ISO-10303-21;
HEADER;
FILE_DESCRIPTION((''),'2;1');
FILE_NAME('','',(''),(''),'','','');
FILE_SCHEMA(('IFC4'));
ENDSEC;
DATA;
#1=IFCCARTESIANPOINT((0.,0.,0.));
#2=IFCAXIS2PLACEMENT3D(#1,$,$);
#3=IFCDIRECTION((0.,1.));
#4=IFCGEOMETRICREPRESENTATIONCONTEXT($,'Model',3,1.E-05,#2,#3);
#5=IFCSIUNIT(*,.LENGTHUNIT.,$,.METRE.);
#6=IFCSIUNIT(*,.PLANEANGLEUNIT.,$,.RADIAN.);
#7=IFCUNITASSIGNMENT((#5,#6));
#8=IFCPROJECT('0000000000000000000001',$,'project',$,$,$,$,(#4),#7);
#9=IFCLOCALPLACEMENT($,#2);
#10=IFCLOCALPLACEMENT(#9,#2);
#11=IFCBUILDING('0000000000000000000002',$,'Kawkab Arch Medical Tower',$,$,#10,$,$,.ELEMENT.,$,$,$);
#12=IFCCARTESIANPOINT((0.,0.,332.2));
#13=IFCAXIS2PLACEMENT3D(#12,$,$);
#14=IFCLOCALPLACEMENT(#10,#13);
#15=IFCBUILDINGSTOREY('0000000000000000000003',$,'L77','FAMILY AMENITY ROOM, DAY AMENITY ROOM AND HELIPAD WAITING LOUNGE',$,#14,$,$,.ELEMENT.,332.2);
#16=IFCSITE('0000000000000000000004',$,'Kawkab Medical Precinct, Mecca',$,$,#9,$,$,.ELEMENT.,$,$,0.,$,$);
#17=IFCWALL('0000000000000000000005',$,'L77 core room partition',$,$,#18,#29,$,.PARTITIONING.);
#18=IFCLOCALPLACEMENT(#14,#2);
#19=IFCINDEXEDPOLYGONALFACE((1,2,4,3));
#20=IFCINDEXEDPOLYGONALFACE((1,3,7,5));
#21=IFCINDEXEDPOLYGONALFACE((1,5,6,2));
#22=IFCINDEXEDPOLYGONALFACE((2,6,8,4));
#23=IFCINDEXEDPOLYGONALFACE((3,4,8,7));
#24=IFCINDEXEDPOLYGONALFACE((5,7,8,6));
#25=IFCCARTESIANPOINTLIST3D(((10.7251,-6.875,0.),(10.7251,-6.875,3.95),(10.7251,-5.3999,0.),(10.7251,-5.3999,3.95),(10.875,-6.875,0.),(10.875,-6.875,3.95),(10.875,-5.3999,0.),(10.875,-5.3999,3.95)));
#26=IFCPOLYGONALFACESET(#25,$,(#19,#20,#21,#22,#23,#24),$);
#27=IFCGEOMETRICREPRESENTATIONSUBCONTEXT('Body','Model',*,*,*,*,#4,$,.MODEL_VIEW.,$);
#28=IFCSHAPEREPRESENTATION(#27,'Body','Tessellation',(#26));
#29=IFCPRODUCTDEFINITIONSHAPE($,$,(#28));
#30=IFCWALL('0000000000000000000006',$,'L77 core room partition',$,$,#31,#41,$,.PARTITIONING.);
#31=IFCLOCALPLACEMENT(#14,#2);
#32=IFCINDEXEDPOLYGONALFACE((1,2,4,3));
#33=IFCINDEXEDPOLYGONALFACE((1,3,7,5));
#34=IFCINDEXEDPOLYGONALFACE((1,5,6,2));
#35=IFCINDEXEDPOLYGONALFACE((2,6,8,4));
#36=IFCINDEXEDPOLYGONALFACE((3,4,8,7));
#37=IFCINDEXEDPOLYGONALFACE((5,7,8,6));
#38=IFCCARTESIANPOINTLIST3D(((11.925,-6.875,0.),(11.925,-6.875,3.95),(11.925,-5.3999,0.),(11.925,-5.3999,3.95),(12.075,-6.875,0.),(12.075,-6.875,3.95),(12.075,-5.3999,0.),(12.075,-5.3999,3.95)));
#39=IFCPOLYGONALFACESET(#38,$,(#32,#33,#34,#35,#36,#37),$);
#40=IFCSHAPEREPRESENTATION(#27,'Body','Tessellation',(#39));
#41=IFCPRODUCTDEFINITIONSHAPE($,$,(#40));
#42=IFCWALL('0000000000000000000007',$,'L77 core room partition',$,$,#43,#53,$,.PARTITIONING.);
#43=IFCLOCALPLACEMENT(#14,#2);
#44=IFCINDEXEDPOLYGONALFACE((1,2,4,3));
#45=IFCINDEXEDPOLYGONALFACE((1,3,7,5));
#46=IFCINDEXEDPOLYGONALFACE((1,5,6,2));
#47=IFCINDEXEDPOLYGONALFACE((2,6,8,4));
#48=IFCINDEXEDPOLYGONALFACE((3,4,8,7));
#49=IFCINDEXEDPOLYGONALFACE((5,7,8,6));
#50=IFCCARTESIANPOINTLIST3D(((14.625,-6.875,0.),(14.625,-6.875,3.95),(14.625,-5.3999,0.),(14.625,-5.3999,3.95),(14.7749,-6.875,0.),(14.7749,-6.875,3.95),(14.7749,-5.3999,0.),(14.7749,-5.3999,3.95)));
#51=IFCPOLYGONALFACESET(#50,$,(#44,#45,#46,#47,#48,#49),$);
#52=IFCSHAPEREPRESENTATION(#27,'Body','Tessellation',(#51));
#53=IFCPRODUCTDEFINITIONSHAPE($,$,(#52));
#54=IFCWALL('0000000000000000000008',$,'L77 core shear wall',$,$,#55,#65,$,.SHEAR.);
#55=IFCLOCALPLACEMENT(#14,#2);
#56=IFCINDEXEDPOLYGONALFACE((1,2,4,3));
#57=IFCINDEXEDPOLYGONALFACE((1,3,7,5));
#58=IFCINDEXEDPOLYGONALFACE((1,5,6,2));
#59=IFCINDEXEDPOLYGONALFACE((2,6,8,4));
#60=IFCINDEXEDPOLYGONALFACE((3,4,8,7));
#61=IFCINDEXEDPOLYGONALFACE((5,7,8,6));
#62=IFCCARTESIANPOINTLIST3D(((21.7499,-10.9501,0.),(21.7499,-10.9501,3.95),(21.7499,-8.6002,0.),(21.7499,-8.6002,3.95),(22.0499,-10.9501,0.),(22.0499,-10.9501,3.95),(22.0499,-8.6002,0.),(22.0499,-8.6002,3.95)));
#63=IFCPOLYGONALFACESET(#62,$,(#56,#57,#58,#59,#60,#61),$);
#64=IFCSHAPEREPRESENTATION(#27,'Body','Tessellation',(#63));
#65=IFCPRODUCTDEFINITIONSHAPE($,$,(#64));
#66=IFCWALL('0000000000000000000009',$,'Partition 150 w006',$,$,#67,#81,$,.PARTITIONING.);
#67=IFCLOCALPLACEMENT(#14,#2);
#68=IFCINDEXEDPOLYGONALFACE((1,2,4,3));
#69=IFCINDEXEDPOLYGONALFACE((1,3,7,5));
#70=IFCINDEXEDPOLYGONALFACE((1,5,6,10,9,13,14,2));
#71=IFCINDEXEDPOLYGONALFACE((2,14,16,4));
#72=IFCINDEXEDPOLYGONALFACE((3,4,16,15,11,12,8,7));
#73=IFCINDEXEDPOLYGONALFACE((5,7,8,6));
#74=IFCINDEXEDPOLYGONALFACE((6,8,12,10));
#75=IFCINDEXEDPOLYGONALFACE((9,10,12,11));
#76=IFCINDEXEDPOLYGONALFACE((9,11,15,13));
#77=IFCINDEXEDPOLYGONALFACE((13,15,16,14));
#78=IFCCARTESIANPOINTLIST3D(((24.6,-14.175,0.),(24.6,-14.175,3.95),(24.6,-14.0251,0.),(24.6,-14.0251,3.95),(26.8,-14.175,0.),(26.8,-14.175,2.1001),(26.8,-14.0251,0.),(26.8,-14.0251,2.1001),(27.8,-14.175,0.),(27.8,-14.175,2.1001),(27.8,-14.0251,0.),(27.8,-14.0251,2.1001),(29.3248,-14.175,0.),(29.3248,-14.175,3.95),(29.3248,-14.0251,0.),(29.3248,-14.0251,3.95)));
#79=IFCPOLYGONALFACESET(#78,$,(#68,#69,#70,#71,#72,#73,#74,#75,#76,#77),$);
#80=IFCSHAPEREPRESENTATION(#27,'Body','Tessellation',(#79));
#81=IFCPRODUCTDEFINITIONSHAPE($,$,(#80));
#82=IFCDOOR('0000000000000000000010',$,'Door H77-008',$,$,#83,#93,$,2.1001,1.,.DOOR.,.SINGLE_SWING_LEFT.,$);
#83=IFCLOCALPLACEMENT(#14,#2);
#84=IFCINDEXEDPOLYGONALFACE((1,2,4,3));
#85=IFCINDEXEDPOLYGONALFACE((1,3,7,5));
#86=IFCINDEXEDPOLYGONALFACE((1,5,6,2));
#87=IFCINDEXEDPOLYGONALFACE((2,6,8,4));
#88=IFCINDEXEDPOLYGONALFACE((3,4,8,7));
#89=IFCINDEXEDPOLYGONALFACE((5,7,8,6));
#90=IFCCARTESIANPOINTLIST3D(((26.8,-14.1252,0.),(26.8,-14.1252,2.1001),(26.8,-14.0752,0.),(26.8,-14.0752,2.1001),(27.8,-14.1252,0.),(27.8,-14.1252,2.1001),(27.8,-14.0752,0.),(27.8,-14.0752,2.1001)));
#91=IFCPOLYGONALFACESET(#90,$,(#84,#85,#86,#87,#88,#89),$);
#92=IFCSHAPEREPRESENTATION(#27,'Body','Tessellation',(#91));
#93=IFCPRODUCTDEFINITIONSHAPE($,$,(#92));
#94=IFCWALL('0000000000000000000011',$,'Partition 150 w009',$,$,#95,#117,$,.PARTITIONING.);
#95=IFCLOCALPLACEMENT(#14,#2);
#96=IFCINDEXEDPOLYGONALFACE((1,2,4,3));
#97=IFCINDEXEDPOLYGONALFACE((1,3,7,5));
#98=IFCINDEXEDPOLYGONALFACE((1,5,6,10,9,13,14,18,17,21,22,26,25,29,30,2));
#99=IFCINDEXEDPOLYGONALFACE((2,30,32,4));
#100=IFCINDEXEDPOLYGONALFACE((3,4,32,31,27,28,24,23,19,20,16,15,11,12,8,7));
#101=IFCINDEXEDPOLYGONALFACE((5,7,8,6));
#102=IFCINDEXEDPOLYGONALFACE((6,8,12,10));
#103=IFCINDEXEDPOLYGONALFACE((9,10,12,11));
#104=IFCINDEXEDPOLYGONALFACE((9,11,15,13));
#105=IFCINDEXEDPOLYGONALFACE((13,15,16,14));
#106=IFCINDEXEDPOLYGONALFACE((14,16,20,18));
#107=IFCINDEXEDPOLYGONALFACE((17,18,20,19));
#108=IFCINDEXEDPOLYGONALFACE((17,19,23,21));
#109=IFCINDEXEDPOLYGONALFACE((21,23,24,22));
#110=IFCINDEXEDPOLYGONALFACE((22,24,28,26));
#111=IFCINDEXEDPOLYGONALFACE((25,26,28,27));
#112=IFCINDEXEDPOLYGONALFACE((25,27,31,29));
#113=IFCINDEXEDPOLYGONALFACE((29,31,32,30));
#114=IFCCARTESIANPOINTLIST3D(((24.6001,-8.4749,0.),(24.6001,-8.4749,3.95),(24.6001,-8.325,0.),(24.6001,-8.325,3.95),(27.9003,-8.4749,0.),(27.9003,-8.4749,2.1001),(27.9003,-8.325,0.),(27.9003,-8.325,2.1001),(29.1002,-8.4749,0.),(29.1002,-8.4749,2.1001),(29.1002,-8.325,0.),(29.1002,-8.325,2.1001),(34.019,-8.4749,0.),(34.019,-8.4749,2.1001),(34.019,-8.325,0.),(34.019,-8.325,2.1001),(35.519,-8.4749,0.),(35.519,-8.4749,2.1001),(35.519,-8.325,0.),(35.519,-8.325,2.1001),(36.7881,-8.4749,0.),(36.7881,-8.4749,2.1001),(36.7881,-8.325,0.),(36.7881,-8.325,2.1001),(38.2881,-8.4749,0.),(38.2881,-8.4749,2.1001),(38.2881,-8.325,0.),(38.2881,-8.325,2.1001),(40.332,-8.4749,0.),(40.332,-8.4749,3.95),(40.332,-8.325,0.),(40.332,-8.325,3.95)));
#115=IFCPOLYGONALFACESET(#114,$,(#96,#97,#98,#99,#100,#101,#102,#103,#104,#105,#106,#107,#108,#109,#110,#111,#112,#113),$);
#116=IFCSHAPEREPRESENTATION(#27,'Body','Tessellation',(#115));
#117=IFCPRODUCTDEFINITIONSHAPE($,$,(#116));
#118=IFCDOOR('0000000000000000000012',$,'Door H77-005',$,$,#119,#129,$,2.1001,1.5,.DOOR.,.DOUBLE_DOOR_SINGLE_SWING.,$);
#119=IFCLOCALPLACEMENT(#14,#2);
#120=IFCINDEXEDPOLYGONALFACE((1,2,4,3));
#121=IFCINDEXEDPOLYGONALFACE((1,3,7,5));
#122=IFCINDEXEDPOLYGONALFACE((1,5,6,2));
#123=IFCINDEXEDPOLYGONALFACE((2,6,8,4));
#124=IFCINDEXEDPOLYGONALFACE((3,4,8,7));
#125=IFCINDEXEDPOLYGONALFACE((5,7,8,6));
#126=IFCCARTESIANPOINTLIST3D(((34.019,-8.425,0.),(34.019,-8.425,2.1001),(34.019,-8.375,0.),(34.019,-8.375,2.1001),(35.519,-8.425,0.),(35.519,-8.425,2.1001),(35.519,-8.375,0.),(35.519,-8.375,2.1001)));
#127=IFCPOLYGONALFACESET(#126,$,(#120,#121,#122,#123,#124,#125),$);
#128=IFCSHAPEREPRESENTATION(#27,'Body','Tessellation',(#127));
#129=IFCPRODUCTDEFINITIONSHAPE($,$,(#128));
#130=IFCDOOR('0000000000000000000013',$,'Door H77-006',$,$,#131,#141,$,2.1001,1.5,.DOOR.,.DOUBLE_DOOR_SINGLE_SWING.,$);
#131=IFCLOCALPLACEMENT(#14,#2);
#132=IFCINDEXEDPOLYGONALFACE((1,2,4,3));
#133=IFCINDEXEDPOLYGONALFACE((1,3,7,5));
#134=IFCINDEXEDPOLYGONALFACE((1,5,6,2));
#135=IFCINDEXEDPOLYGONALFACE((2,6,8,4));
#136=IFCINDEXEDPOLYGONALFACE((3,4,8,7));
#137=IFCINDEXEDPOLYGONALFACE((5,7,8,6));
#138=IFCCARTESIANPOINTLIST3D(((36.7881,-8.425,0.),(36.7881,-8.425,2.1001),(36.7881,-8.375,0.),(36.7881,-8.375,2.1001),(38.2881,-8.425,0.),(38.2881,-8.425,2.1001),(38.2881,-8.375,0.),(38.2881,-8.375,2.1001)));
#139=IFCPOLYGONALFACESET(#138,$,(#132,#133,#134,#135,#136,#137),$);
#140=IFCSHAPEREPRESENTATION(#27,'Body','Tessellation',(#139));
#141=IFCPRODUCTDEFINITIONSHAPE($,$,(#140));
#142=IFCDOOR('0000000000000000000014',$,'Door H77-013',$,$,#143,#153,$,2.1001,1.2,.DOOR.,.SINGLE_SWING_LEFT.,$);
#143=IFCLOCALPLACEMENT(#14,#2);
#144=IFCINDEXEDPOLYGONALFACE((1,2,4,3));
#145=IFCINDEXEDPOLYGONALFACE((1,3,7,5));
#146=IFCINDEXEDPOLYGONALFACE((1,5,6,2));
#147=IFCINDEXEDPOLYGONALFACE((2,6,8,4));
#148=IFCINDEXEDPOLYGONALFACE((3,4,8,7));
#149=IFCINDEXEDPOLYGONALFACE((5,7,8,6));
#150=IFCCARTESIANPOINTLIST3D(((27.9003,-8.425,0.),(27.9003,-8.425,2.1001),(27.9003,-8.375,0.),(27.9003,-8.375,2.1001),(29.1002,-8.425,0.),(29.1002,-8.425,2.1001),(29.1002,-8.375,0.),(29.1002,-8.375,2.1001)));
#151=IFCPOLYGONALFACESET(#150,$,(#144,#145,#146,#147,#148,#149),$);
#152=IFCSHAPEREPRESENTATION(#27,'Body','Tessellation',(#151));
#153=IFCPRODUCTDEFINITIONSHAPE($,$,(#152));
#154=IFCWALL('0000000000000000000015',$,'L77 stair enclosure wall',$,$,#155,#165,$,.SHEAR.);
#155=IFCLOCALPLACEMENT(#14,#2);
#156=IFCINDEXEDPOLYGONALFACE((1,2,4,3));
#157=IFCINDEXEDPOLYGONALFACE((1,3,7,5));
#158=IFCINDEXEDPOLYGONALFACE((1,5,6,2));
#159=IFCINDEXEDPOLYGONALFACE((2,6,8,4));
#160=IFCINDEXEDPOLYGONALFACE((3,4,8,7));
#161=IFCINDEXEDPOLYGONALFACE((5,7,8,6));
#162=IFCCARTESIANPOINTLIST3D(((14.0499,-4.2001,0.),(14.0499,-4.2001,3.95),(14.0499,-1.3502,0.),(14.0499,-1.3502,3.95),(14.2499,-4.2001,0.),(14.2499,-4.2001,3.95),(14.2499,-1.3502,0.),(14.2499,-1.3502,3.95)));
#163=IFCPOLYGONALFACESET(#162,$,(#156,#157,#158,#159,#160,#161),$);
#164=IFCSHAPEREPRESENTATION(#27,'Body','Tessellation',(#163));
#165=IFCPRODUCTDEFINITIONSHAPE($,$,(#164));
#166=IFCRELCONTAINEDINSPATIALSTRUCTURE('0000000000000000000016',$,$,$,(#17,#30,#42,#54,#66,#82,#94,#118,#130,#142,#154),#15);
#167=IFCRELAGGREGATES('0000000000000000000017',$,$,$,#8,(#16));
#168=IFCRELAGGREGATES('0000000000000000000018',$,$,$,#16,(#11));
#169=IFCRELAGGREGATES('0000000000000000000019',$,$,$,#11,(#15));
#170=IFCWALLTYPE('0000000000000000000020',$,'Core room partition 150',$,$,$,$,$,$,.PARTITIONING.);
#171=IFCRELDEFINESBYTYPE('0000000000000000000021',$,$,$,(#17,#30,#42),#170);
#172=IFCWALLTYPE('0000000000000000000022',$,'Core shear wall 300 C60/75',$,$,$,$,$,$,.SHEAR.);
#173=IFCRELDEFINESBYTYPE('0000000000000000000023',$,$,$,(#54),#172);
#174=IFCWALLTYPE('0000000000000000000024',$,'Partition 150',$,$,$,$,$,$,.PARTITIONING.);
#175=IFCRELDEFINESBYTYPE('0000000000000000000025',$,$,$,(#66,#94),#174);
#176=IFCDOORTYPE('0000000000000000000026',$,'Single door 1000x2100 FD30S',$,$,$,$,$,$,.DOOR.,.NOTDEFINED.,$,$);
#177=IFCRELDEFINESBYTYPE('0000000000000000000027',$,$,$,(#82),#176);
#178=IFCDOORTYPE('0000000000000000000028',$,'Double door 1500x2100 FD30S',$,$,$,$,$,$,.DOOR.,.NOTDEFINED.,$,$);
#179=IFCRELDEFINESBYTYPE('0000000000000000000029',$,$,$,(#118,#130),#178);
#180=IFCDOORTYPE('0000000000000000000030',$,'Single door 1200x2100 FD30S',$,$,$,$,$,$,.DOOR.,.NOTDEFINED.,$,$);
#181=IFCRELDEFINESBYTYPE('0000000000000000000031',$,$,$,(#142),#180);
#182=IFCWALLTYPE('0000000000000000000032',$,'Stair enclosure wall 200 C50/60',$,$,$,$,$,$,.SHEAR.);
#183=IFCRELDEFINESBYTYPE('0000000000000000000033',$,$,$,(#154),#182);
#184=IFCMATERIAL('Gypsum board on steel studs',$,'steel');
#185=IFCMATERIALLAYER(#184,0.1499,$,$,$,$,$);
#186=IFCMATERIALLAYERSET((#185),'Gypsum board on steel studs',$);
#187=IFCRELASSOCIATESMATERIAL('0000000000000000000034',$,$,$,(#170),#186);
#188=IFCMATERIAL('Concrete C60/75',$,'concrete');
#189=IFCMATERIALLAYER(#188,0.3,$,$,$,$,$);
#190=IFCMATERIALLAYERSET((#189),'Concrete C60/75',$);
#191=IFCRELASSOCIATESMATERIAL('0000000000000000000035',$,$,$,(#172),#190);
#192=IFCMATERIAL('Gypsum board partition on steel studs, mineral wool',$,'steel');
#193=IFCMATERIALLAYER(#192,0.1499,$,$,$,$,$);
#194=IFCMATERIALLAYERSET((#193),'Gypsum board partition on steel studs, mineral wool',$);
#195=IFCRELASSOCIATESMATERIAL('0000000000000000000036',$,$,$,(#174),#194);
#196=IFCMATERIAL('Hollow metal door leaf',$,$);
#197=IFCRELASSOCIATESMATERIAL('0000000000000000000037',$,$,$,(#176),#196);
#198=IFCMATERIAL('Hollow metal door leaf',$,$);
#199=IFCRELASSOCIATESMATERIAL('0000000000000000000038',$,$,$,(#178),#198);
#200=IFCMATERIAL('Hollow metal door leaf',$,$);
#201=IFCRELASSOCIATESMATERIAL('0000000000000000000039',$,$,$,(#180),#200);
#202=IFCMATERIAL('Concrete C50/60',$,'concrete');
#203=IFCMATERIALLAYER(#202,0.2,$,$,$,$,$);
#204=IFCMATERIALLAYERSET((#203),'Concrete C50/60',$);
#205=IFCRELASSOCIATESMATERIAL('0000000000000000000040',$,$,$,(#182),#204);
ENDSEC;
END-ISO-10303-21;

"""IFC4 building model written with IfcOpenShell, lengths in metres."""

from ifc_helpers import new_model, si_unit, direction, frame, frame_2d, origin, place, context, subcontext, project, spatial, rectangle, extrude, material, layer, layer_set, type_object, element, fill, save


model = new_model("IFC4")

# Units and contexts
model_context = context("Model", 3, precision=1e-05, world=origin(), true_north=direction((0.0, 1.0)))
body_context = subcontext(model_context, "Body", "Model", "MODEL_VIEW")
ifc_project = project(units=[si_unit("LENGTHUNIT", "METRE"), si_unit("PLANEANGLEUNIT", "RADIAN")], contexts=[model_context])

# Site, building, storey
site_placement = place(None, origin())
site = spatial("IfcSite", under=ifc_project, at=site_placement, Name="Kawkab Medical Precinct, Mecca", CompositionType="ELEMENT", RefElevation=0.0)
building_placement = place(site_placement, origin())
building = spatial("IfcBuilding", under=site, at=building_placement, Name="Kawkab Arch Medical Tower", CompositionType="ELEMENT")
storey_placement = place(building_placement, frame((0.0, 0.0, 332.2)))
storey = spatial("IfcBuildingStorey", under=building, at=storey_placement, Name="L77", Description="FAMILY AMENITY ROOM, DAY AMENITY ROOM AND HELIPAD WAITING LOUNGE", CompositionType="ELEMENT", Elevation=332.2)

# Shared definitions
ifc_material_1 = material(Name="Gypsum board on steel studs", Category="steel")
ifc_layer_1 = layer(ifc_material_1, 0.1499)
ifc_layer_set_1 = layer_set([ifc_layer_1], Name="Gypsum board on steel studs")
wall_type_1 = type_object("IfcWallType", Name="Core room partition 150", PredefinedType="PARTITIONING", material=ifc_layer_set_1)

# Walls
for number, where, z_axis, x_axis, name in (
    (1, (10.8, -6.875, 0.0), (0.0, 0.0, 1.0), (0.0, 1.0, 0.0), "L77 core room partition"),
    (2, (12.0, -6.875, 0.0), (0.0, 0.0, 1.0), (0.0, 1.0, 0.0), "L77 core room partition"),
    (3, (14.7, -6.875, 0.0), (0.0, 0.0, 1.0), (0.0, 1.0, 0.0), "L77 core room partition"),
):
    element("IfcWall", number, at=place(storey_placement, frame(where, z_axis=z_axis, x_axis=x_axis)), inside=storey, type_object=wall_type_1, Name=name, PredefinedType="PARTITIONING", context=body_context, shape_type="SweptSolid", body=[
        extrude(rectangle(XDim=1.4751, YDim=0.1499, at=frame_2d((0.7375, 0.0))), origin(), (0.0, 0.0, 1.0), 3.95),
    ])
ifc_material_2 = material(Name="Concrete C60/75", Category="concrete")
ifc_layer_2 = layer(ifc_material_2, 0.3)
ifc_layer_set_2 = layer_set([ifc_layer_2], Name="Concrete C60/75")
wall_type_2 = type_object("IfcWallType", Name="Core shear wall 300 C60/75", PredefinedType="SHEAR", material=ifc_layer_set_2)
wall_1_placement = place(storey_placement, frame((21.8999, -10.95, 0.0), z_axis=(0.0, 0.0, 1.0), x_axis=(0.0, 1.0, 0.0)))
element("IfcWall", 4, at=wall_1_placement, inside=storey, type_object=wall_type_2, Name="L77 core shear wall", PredefinedType="SHEAR", context=body_context, shape_type="SweptSolid", body=[
    extrude(rectangle(XDim=2.3499, YDim=0.3, at=frame_2d((1.1748, 0.0))), origin(), (0.0, 0.0, 1.0), 3.95),
])

# Wall, opening, door
ifc_material_3 = material(Name="Gypsum board partition on steel studs, mineral wool", Category="steel")
ifc_layer_3 = layer(ifc_material_3, 0.1499)
ifc_layer_set_3 = layer_set([ifc_layer_3], Name="Gypsum board partition on steel studs, mineral wool")
wall_type_3 = type_object("IfcWallType", Name="Partition 150", PredefinedType="PARTITIONING", material=ifc_layer_set_3)
wall_2_placement = place(storey_placement, frame((24.6001, -14.1001, 0.0), z_axis=(0.0, 0.0, 1.0), x_axis=(1.0, 0.0, 0.0)))
wall_2 = element("IfcWall", 5, at=wall_2_placement, inside=storey, type_object=wall_type_3, Name="Partition 150 w006", PredefinedType="PARTITIONING", context=body_context, shape_type="SweptSolid", body=[
    extrude(rectangle(XDim=4.7249, YDim=0.1499, at=frame_2d((2.3623, 0.0))), origin(), (0.0, 0.0, 1.0), 3.95),
])
opening_1_placement = place(wall_2_placement, frame((2.2, 0.0, 0.0)))
opening_1 = element("IfcOpeningElement", 6, at=opening_1_placement, cuts=wall_2, PredefinedType="OPENING", context=body_context, shape_type="SweptSolid", body=[
    extrude(rectangle(XDim=1.0, YDim=2.1001, at=frame_2d((0.5, 1.05))), frame((0.0, 0.085, 0.0), z_axis=(0.0, -1.0, 0.0), x_axis=(1.0, 0.0, 0.0)), (0.0, 0.0, 1.0), 0.1699),
])
ifc_material_4 = material(Name="Hollow metal door leaf")
door_type_1 = type_object("IfcDoorType", Name="Single door 1000x2100 FD30S", OperationType="NOTDEFINED", PredefinedType="DOOR", material=ifc_material_4)
door_1_placement = place(opening_1_placement, origin())
door_1 = element("IfcDoor", 7, at=door_1_placement, inside=storey, type_object=door_type_1, Name="Door H77-008", OperationType="SINGLE_SWING_LEFT", OverallHeight=2.1001, OverallWidth=1.0, PredefinedType="DOOR", context=body_context, shape_type="SweptSolid", body=[
    extrude(rectangle(XDim=1.0, YDim=2.1001, at=frame_2d((0.5, 1.05))), frame((0.0, 0.0249, 0.0), z_axis=(0.0, -1.0, 0.0), x_axis=(1.0, 0.0, 0.0)), (0.0, 0.0, 1.0), 0.05),
])
fill(opening_1, door_1)

# Wall, openings, doors
wall_3_placement = place(storey_placement, frame((24.6001, -8.3999, 0.0), z_axis=(0.0, 0.0, 1.0), x_axis=(1.0, 0.0, 0.0)))
wall_3 = element("IfcWall", 8, at=wall_3_placement, inside=storey, type_object=wall_type_3, Name="Partition 150 w009", PredefinedType="PARTITIONING", context=body_context, shape_type="SweptSolid", body=[
    extrude(rectangle(XDim=15.7319, YDim=0.1499, at=frame_2d((7.866, 0.0))), origin(), (0.0, 0.0, 1.0), 3.95),
])
opening_2_placement = place(wall_3_placement, frame((3.3, 0.0, 0.0)))
opening_2 = element("IfcOpeningElement", 9, at=opening_2_placement, cuts=wall_3, PredefinedType="OPENING", context=body_context, shape_type="SweptSolid", body=[
    extrude(rectangle(XDim=1.2, YDim=2.1001, at=frame_2d((0.6001, 1.05))), frame((0.0, 0.085, 0.0), z_axis=(0.0, -1.0, 0.0), x_axis=(1.0, 0.0, 0.0)), (0.0, 0.0, 1.0), 0.1699),
])
opening_3_placement = place(wall_3_placement, frame((9.4189, 0.0, 0.0)))
opening_3 = element("IfcOpeningElement", 10, at=opening_3_placement, cuts=wall_3, PredefinedType="OPENING", context=body_context, shape_type="SweptSolid", body=[
    extrude(rectangle(XDim=1.5, YDim=2.1001, at=frame_2d((0.75, 1.05))), frame((0.0, 0.085, 0.0), z_axis=(0.0, -1.0, 0.0), x_axis=(1.0, 0.0, 0.0)), (0.0, 0.0, 1.0), 0.1699),
])
opening_4_placement = place(wall_3_placement, frame((12.188, 0.0, 0.0)))
opening_4 = element("IfcOpeningElement", 11, at=opening_4_placement, cuts=wall_3, PredefinedType="OPENING", context=body_context, shape_type="SweptSolid", body=[
    extrude(rectangle(XDim=1.5, YDim=2.1001, at=frame_2d((0.75, 1.05))), frame((0.0, 0.085, 0.0), z_axis=(0.0, -1.0, 0.0), x_axis=(1.0, 0.0, 0.0)), (0.0, 0.0, 1.0), 0.1699),
])
ifc_material_5 = material(Name="Hollow metal door leaf")
door_type_2 = type_object("IfcDoorType", Name="Double door 1500x2100 FD30S", OperationType="NOTDEFINED", PredefinedType="DOOR", material=ifc_material_5)
door_2_placement = place(opening_3_placement, origin())
door_2 = element("IfcDoor", 12, at=door_2_placement, inside=storey, type_object=door_type_2, Name="Door H77-005", OperationType="DOUBLE_DOOR_SINGLE_SWING", OverallHeight=2.1001, OverallWidth=1.5, PredefinedType="DOOR", context=body_context, shape_type="SweptSolid", body=[
    extrude(rectangle(XDim=1.5, YDim=2.1001, at=frame_2d((0.75, 1.05))), frame((0.0, 0.0249, 0.0), z_axis=(0.0, -1.0, 0.0), x_axis=(1.0, 0.0, 0.0)), (0.0, 0.0, 1.0), 0.05),
])
fill(opening_3, door_2)
door_3_placement = place(opening_4_placement, origin())
door_3 = element("IfcDoor", 13, at=door_3_placement, inside=storey, type_object=door_type_2, Name="Door H77-006", OperationType="DOUBLE_DOOR_SINGLE_SWING", OverallHeight=2.1001, OverallWidth=1.5, PredefinedType="DOOR", context=body_context, shape_type="SweptSolid", body=[
    extrude(rectangle(XDim=1.5, YDim=2.1001, at=frame_2d((0.75, 1.05))), frame((0.0, 0.0249, 0.0), z_axis=(0.0, -1.0, 0.0), x_axis=(1.0, 0.0, 0.0)), (0.0, 0.0, 1.0), 0.05),
])
fill(opening_4, door_3)
ifc_material_6 = material(Name="Hollow metal door leaf")
door_type_3 = type_object("IfcDoorType", Name="Single door 1200x2100 FD30S", OperationType="NOTDEFINED", PredefinedType="DOOR", material=ifc_material_6)
door_4_placement = place(opening_2_placement, origin())
door_4 = element("IfcDoor", 14, at=door_4_placement, inside=storey, type_object=door_type_3, Name="Door H77-013", OperationType="SINGLE_SWING_LEFT", OverallHeight=2.1001, OverallWidth=1.2, PredefinedType="DOOR", context=body_context, shape_type="SweptSolid", body=[
    extrude(rectangle(XDim=1.2, YDim=2.1001, at=frame_2d((0.6001, 1.05))), frame((0.0, 0.0249, 0.0), z_axis=(0.0, -1.0, 0.0), x_axis=(1.0, 0.0, 0.0)), (0.0, 0.0, 1.0), 0.05),
])
fill(opening_2, door_4)

# Wall
ifc_material_7 = material(Name="Concrete C50/60", Category="concrete")
ifc_layer_4 = layer(ifc_material_7, 0.2)
ifc_layer_set_4 = layer_set([ifc_layer_4], Name="Concrete C50/60")
wall_type_4 = type_object("IfcWallType", Name="Stair enclosure wall 200 C50/60", PredefinedType="SHEAR", material=ifc_layer_set_4)
wall_4_placement = place(storey_placement, frame((14.1499, -4.2, 0.0), z_axis=(0.0, 0.0, 1.0), x_axis=(0.0, 1.0, 0.0)))
element("IfcWall", 15, at=wall_4_placement, inside=storey, type_object=wall_type_4, Name="L77 stair enclosure wall", PredefinedType="SHEAR", context=body_context, shape_type="SweptSolid", body=[
    extrude(rectangle(XDim=2.8499, YDim=0.2, at=frame_2d((1.4248, 0.0))), origin(), (0.0, 0.0, 1.0), 3.95),
])

save(model, "model.ifc")
